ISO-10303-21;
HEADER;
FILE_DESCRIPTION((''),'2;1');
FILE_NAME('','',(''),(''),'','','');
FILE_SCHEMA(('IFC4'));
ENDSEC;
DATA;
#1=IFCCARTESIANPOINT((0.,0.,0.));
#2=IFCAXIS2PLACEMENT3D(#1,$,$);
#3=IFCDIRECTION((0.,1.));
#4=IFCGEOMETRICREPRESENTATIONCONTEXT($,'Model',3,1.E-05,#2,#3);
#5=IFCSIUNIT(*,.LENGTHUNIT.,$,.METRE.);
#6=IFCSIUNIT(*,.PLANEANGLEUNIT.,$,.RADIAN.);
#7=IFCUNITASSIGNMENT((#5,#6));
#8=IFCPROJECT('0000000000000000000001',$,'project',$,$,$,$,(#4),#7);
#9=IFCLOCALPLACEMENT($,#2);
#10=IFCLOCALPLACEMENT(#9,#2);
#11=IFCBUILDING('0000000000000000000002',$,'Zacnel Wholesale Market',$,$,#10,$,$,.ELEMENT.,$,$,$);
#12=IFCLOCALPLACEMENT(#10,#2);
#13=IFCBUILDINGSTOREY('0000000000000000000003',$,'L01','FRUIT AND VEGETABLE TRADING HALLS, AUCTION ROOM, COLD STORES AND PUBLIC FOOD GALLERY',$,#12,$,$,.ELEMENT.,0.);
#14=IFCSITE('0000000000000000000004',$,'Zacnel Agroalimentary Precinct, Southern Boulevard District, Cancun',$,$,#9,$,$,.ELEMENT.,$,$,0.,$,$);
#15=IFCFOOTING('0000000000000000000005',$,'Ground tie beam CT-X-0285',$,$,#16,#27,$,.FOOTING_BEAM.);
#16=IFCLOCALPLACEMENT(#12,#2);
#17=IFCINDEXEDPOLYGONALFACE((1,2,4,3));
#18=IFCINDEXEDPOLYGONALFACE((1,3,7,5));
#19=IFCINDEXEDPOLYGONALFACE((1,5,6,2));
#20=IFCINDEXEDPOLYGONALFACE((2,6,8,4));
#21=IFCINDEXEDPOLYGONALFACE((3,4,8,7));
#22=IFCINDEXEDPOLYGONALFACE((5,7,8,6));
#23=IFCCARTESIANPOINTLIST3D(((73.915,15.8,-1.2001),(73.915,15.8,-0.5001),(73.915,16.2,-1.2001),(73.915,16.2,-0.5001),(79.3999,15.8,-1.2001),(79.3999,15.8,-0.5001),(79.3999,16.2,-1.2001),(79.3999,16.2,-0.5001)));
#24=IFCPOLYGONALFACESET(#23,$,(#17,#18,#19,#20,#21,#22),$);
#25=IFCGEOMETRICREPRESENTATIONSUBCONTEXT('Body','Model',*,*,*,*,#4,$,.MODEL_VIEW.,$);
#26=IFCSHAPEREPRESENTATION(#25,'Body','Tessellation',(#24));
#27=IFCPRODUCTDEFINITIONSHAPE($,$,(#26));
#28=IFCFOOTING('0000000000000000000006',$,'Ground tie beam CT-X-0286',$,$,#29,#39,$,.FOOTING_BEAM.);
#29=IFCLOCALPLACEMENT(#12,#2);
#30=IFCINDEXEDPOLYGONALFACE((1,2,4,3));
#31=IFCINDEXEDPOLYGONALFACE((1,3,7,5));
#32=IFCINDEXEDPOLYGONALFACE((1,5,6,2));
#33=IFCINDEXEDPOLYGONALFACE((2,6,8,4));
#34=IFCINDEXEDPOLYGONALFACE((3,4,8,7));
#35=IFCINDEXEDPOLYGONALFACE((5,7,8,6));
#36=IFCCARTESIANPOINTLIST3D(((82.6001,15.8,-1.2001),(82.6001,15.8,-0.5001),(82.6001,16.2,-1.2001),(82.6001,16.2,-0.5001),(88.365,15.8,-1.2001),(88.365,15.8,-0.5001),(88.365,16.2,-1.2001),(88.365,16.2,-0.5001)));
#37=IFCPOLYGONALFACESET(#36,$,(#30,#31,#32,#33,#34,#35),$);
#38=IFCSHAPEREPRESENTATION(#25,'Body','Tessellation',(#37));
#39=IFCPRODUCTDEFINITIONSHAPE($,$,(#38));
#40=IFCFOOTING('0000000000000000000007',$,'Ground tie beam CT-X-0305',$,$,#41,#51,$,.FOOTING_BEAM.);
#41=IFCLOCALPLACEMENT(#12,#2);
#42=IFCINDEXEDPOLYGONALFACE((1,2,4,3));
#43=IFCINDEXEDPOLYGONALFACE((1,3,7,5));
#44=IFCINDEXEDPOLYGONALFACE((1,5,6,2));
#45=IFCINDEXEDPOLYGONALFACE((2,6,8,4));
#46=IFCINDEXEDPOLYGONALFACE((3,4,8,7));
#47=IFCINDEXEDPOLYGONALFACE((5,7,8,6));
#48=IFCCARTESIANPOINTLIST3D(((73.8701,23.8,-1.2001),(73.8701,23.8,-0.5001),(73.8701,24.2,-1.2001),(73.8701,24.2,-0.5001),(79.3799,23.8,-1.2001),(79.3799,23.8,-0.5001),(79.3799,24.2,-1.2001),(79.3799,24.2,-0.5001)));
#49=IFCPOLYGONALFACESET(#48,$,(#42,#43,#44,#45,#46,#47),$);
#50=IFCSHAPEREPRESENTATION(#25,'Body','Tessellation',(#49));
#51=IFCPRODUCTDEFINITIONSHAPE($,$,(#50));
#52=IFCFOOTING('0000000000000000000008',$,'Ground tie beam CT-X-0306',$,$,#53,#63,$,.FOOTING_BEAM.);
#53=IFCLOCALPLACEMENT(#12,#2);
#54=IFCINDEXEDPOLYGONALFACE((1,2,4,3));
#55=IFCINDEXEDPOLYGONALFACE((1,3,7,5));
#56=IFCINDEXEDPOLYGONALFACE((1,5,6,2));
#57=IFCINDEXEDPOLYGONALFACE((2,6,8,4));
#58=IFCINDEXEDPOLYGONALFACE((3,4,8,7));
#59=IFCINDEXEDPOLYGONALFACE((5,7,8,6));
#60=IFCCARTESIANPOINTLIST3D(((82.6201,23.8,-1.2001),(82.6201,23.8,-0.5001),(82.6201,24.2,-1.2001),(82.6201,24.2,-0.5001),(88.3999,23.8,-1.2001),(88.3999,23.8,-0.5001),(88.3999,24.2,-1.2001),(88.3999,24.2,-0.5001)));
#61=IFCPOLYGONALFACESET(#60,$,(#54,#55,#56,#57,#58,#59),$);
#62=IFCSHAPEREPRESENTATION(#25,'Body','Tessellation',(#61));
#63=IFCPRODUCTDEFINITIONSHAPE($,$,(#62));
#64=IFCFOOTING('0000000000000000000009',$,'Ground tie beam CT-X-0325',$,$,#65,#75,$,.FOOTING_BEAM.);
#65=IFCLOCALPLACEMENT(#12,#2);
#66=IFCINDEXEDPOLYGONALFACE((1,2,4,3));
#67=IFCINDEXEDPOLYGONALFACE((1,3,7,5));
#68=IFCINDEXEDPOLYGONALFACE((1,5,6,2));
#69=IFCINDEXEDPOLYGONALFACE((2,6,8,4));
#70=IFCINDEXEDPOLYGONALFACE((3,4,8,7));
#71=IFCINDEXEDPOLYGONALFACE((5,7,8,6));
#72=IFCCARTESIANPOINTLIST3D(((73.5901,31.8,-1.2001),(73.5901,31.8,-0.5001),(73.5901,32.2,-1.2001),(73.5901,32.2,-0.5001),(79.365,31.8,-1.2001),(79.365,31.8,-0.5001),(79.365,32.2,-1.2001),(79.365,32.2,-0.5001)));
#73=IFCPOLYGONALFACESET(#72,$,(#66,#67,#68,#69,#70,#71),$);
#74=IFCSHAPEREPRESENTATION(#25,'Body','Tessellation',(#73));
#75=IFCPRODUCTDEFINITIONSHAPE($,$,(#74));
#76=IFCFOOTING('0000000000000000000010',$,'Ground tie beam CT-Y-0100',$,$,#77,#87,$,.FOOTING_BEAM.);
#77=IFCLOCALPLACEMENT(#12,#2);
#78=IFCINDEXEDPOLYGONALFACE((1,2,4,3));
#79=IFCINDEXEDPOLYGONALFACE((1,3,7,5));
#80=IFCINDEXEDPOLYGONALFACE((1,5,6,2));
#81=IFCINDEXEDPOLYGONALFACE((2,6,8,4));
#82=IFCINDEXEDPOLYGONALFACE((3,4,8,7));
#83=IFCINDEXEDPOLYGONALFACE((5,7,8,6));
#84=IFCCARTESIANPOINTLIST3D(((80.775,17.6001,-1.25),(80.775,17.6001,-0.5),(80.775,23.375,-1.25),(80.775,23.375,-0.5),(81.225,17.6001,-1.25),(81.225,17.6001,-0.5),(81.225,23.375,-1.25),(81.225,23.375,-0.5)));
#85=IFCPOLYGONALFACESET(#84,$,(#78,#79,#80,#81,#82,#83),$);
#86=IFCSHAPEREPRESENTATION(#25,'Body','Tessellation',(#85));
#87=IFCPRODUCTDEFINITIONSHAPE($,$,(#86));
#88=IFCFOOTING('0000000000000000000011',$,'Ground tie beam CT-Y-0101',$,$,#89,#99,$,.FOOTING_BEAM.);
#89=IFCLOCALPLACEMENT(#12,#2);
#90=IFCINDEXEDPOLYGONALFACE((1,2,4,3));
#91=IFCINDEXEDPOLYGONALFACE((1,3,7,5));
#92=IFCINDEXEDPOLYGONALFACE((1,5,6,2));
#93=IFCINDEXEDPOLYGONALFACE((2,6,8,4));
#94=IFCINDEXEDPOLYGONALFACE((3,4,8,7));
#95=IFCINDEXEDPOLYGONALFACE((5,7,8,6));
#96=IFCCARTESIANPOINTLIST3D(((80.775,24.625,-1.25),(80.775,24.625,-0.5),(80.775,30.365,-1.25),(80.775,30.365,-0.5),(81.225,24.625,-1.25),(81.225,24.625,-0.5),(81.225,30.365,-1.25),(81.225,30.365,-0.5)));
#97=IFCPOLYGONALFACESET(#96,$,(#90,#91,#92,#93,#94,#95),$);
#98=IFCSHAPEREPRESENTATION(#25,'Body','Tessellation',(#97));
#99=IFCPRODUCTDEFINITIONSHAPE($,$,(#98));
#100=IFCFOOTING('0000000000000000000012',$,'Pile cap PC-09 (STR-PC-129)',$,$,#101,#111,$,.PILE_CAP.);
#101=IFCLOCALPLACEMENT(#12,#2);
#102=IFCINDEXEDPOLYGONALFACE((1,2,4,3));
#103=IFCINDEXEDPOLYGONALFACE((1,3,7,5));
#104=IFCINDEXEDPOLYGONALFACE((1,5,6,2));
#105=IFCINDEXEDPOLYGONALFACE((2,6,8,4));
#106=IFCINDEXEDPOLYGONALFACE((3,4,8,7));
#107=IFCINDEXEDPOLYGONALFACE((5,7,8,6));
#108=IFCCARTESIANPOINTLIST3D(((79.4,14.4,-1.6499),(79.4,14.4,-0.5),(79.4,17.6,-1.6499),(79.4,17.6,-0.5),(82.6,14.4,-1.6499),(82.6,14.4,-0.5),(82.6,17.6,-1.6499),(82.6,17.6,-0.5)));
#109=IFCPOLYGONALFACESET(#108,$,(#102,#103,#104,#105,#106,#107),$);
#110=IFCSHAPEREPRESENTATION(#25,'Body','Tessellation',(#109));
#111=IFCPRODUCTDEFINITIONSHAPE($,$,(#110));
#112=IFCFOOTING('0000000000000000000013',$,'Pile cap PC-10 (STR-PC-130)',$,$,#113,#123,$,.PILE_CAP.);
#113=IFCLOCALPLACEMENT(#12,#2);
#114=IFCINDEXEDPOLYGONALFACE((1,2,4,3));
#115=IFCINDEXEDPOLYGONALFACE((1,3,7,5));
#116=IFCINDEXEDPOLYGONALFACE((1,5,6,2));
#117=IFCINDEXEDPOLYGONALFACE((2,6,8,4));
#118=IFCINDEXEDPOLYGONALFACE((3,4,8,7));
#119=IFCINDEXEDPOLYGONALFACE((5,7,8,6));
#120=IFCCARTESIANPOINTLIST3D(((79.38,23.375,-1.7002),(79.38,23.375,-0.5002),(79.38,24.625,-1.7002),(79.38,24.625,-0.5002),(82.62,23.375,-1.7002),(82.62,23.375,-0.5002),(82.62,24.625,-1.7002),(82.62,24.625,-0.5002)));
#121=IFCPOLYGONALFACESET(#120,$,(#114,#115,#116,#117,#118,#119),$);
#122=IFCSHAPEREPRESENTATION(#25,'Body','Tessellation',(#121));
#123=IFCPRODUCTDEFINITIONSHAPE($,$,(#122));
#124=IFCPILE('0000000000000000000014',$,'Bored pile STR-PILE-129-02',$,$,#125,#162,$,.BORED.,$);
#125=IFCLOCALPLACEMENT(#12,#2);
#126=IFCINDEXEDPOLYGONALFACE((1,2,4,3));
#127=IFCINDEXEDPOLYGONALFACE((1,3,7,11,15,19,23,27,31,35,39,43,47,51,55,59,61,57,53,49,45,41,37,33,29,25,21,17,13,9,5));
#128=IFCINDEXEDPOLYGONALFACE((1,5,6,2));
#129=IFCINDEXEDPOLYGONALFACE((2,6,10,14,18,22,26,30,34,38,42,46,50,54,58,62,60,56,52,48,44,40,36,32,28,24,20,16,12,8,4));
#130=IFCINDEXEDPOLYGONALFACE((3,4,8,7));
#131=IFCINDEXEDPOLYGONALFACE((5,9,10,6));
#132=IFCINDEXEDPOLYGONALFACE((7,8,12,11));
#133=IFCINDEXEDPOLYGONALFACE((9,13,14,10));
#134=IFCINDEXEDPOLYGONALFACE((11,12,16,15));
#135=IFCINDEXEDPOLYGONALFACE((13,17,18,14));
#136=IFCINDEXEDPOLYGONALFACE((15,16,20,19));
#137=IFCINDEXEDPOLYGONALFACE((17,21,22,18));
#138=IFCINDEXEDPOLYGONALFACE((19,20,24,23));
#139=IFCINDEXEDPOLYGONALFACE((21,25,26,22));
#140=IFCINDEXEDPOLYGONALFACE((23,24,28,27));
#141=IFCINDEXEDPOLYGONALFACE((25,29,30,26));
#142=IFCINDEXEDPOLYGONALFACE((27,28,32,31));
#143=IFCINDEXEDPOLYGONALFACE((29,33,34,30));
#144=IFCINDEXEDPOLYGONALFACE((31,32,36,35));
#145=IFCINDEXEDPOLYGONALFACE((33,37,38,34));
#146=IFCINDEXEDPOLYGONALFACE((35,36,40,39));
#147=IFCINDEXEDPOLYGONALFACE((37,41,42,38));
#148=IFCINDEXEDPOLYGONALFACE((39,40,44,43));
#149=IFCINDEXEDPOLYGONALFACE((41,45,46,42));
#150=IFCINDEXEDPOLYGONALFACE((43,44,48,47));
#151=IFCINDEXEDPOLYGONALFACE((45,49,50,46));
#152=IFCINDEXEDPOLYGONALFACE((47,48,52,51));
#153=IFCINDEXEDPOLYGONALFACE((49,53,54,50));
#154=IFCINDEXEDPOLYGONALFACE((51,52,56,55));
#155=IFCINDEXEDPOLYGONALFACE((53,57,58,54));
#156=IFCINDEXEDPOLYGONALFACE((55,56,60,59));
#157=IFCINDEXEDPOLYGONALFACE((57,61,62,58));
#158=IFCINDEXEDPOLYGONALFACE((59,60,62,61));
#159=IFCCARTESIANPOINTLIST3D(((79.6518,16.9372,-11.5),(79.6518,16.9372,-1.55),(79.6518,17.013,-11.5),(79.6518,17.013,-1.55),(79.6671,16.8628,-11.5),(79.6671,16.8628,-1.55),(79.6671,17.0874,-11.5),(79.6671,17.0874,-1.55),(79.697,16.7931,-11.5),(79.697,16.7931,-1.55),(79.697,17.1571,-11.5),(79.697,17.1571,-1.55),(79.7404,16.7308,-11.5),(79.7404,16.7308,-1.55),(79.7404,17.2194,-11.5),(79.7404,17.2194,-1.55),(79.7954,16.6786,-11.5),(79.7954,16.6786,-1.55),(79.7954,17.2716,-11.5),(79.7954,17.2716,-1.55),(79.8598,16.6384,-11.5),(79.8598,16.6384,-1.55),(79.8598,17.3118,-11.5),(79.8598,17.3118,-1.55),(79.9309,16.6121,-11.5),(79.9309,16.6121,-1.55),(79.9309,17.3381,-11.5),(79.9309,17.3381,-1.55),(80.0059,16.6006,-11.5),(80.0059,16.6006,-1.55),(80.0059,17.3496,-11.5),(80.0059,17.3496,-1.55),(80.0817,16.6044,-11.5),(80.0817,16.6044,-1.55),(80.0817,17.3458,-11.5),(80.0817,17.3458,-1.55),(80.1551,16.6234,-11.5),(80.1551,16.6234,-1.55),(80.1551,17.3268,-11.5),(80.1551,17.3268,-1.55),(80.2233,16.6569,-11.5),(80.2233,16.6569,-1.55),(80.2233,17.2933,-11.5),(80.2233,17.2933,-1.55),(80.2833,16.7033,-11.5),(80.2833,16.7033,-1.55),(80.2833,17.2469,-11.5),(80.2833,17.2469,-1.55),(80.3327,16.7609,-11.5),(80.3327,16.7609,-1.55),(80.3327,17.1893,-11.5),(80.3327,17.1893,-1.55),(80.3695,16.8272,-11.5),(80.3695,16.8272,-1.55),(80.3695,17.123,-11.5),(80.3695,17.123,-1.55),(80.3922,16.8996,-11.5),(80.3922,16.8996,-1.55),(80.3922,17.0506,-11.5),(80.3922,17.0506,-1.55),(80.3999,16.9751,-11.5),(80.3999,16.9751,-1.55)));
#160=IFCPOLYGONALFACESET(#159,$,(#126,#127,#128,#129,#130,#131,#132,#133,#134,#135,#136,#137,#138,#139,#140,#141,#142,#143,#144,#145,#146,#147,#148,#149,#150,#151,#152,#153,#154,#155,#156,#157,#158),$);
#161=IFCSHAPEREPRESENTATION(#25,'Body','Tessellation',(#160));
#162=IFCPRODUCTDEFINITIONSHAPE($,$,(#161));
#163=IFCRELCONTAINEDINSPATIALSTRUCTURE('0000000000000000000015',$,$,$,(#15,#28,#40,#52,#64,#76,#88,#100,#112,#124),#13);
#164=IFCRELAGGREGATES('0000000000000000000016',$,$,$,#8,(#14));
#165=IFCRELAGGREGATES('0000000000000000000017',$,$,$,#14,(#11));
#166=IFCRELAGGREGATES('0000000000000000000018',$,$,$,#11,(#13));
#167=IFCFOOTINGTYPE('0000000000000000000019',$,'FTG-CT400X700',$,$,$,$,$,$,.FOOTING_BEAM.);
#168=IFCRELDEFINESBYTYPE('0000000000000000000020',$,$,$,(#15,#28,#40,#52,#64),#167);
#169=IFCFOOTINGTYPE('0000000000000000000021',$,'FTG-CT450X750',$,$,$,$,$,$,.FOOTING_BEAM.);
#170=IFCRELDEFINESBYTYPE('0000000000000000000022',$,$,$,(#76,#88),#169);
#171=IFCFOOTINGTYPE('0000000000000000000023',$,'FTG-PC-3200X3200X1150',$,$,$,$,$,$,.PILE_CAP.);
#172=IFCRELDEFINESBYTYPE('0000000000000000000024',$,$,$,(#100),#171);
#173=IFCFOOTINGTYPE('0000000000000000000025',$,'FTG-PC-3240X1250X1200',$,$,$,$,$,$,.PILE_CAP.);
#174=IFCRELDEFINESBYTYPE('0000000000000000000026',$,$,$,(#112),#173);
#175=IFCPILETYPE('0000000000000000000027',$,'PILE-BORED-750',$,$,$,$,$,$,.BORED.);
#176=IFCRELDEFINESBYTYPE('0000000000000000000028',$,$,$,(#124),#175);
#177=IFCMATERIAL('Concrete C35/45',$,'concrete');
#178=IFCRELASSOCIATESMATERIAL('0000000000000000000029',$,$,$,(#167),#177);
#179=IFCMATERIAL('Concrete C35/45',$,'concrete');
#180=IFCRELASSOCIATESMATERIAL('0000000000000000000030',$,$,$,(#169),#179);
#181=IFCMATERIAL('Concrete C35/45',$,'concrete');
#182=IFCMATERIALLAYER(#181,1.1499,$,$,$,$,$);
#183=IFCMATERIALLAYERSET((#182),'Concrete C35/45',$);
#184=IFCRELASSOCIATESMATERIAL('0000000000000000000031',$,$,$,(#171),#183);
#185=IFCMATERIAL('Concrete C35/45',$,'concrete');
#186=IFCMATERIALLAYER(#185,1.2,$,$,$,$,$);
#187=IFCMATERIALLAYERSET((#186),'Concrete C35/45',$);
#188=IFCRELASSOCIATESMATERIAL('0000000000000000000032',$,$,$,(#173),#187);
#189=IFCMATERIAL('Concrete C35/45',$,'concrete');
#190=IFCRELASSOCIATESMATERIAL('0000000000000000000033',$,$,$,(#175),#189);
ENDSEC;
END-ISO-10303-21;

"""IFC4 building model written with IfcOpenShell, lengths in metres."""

from ifc_helpers import new_model, si_unit, direction, frame, origin, origin_2d, place, context, subcontext, project, spatial, rectangle, circle, extrude, material, layer, layer_set, material_profile, profile_set, type_object, element, save


model = new_model("IFC4")

# Units and contexts
model_context = context("Model", 3, precision=1e-05, world=origin(), true_north=direction((0.0, 1.0)))
body_context = subcontext(model_context, "Body", "Model", "MODEL_VIEW")
ifc_project = project(units=[si_unit("LENGTHUNIT", "METRE"), si_unit("PLANEANGLEUNIT", "RADIAN")], contexts=[model_context])

# Site, building, storey
site_placement = place(None, origin())
site = spatial("IfcSite", under=ifc_project, at=site_placement, Name="Zacnel Agroalimentary Precinct, Southern Boulevard District, Cancun", CompositionType="ELEMENT", RefElevation=0.0)
building_placement = place(site_placement, origin())
building = spatial("IfcBuilding", under=site, at=building_placement, Name="Zacnel Wholesale Market", CompositionType="ELEMENT")
storey_placement = place(building_placement, origin())
storey = spatial("IfcBuildingStorey", under=building, at=storey_placement, Name="L01", Description="FRUIT AND VEGETABLE TRADING HALLS, AUCTION ROOM, COLD STORES AND PUBLIC FOOD GALLERY", CompositionType="ELEMENT", Elevation=0.0)

# Footings
ifc_material_1 = material(Name="Concrete C35/45", Category="concrete")
ifc_material_profile_1 = material_profile(ifc_material_1, rectangle(XDim=0.3999, YDim=0.7, at=origin_2d()), Name="CT 400x700")
ifc_profile_set_1 = profile_set([ifc_material_profile_1], Name="Concrete C35/45")
footing_type_1 = type_object("IfcFootingType", Name="FTG-CT400X700", PredefinedType="FOOTING_BEAM", material=ifc_profile_set_1)
footing_1_placement = place(storey_placement, frame((73.915, 16.0, -0.8501), z_axis=(1.0, 0.0, 0.0), x_axis=(0.0, 1.0, 0.0)))
element("IfcFooting", 1, at=footing_1_placement, inside=storey, type_object=footing_type_1, Name="Ground tie beam CT-X-0285", PredefinedType="FOOTING_BEAM", context=body_context, shape_type="SweptSolid", body=[
    extrude(rectangle(XDim=0.3999, YDim=0.7, at=origin_2d()), origin(), (0.0, 0.0, 1.0), 5.4849),
])
footing_2_placement = place(storey_placement, frame((82.6001, 16.0, -0.8501), z_axis=(1.0, 0.0, 0.0), x_axis=(0.0, 1.0, 0.0)))
element("IfcFooting", 2, at=footing_2_placement, inside=storey, type_object=footing_type_1, Name="Ground tie beam CT-X-0286", PredefinedType="FOOTING_BEAM", context=body_context, shape_type="SweptSolid", body=[
    extrude(rectangle(XDim=0.3999, YDim=0.7, at=origin_2d()), origin(), (0.0, 0.0, 1.0), 5.7649),
])
footing_3_placement = place(storey_placement, frame((73.8701, 24.0, -0.8501), z_axis=(1.0, 0.0, 0.0), x_axis=(0.0, 1.0, 0.0)))
element("IfcFooting", 3, at=footing_3_placement, inside=storey, type_object=footing_type_1, Name="Ground tie beam CT-X-0305", PredefinedType="FOOTING_BEAM", context=body_context, shape_type="SweptSolid", body=[
    extrude(rectangle(XDim=0.3999, YDim=0.7, at=origin_2d()), origin(), (0.0, 0.0, 1.0), 5.5098),
])
footing_4_placement = place(storey_placement, frame((82.6201, 24.0, -0.8501), z_axis=(1.0, 0.0, 0.0), x_axis=(0.0, 1.0, 0.0)))
element("IfcFooting", 4, at=footing_4_placement, inside=storey, type_object=footing_type_1, Name="Ground tie beam CT-X-0306", PredefinedType="FOOTING_BEAM", context=body_context, shape_type="SweptSolid", body=[
    extrude(rectangle(XDim=0.3999, YDim=0.7, at=origin_2d()), origin(), (0.0, 0.0, 1.0), 5.7798),
])
footing_5_placement = place(storey_placement, frame((73.5901, 32.0, -0.8501), z_axis=(1.0, 0.0, 0.0), x_axis=(0.0, 1.0, 0.0)))
element("IfcFooting", 5, at=footing_5_placement, inside=storey, type_object=footing_type_1, Name="Ground tie beam CT-X-0325", PredefinedType="FOOTING_BEAM", context=body_context, shape_type="SweptSolid", body=[
    extrude(rectangle(XDim=0.3999, YDim=0.7, at=origin_2d()), origin(), (0.0, 0.0, 1.0), 5.7749),
])
ifc_material_2 = material(Name="Concrete C35/45", Category="concrete")
ifc_material_profile_2 = material_profile(ifc_material_2, rectangle(XDim=0.45, YDim=0.75, at=origin_2d()), Name="CT 450x750")
ifc_profile_set_2 = profile_set([ifc_material_profile_2], Name="Concrete C35/45")
footing_type_2 = type_object("IfcFootingType", Name="FTG-CT450X750", PredefinedType="FOOTING_BEAM", material=ifc_profile_set_2)
footing_6_placement = place(storey_placement, frame((81.0, 17.6001, -0.875), z_axis=(0.0, 1.0, 0.0), x_axis=(-1.0, 0.0, 0.0)))
element("IfcFooting", 6, at=footing_6_placement, inside=storey, type_object=footing_type_2, Name="Ground tie beam CT-Y-0100", PredefinedType="FOOTING_BEAM", context=body_context, shape_type="SweptSolid", body=[
    extrude(rectangle(XDim=0.45, YDim=0.75, at=origin_2d()), origin(), (0.0, 0.0, 1.0), 5.7749),
])
footing_7_placement = place(storey_placement, frame((81.0, 24.625, -0.875), z_axis=(0.0, 1.0, 0.0), x_axis=(-1.0, 0.0, 0.0)))
element("IfcFooting", 7, at=footing_7_placement, inside=storey, type_object=footing_type_2, Name="Ground tie beam CT-Y-0101", PredefinedType="FOOTING_BEAM", context=body_context, shape_type="SweptSolid", body=[
    extrude(rectangle(XDim=0.45, YDim=0.75, at=origin_2d()), origin(), (0.0, 0.0, 1.0), 5.74),
])
ifc_material_3 = material(Name="Concrete C35/45", Category="concrete")
ifc_layer_1 = layer(ifc_material_3, 1.1499)
ifc_layer_set_1 = layer_set([ifc_layer_1], Name="Concrete C35/45")
footing_type_3 = type_object("IfcFootingType", Name="FTG-PC-3200X3200X1150", PredefinedType="PILE_CAP", material=ifc_layer_set_1)
footing_8_placement = place(storey_placement, frame((81.0, 16.0, -1.6499), z_axis=(0.0, 0.0, 1.0), x_axis=(1.0, 0.0, 0.0)))
element("IfcFooting", 8, at=footing_8_placement, inside=storey, type_object=footing_type_3, Name="Pile cap PC-09 (STR-PC-129)", PredefinedType="PILE_CAP", context=body_context, shape_type="SweptSolid", body=[
    extrude(rectangle(XDim=3.2, YDim=3.2, at=origin_2d()), origin(), (0.0, 0.0, 1.0), 1.1499),
])
ifc_material_4 = material(Name="Concrete C35/45", Category="concrete")
ifc_layer_2 = layer(ifc_material_4, 1.2)
ifc_layer_set_2 = layer_set([ifc_layer_2], Name="Concrete C35/45")
footing_type_4 = type_object("IfcFootingType", Name="FTG-PC-3240X1250X1200", PredefinedType="PILE_CAP", material=ifc_layer_set_2)
footing_9_placement = place(storey_placement, frame((81.0, 24.0, -1.7002), z_axis=(0.0, 0.0, 1.0), x_axis=(1.0, 0.0, 0.0)))
element("IfcFooting", 9, at=footing_9_placement, inside=storey, type_object=footing_type_4, Name="Pile cap PC-10 (STR-PC-130)", PredefinedType="PILE_CAP", context=body_context, shape_type="SweptSolid", body=[
    extrude(rectangle(XDim=3.24, YDim=1.25, at=origin_2d()), origin(), (0.0, 0.0, 1.0), 1.2),
])

# Pile
ifc_material_5 = material(Name="Concrete C35/45", Category="concrete")
ifc_material_profile_3 = material_profile(ifc_material_5, circle(Radius=0.375, at=origin_2d()), Name="BORED PILE D750")
ifc_profile_set_3 = profile_set([ifc_material_profile_3], Name="Concrete C35/45")
pile_type_1 = type_object("IfcPileType", Name="PILE-BORED-750", PredefinedType="BORED", material=ifc_profile_set_3)
for number, where, z_axis, x_axis, name in (
    (10, (80.0249, 16.9751, -1.55), (0.0, 0.0, -1.0), (1.0, 0.0, 0.0), "Bored pile STR-PILE-129-02"),
):
    element("IfcPile", number, at=place(storey_placement, frame(where, z_axis=z_axis, x_axis=x_axis)), inside=storey, type_object=pile_type_1, Name=name, PredefinedType="BORED", context=body_context, shape_type="SweptSolid", body=[
        extrude(circle(Radius=0.375, at=origin_2d()), origin(), (0.0, 0.0, 1.0), 9.95),
    ])

save(model, "model.ifc")
